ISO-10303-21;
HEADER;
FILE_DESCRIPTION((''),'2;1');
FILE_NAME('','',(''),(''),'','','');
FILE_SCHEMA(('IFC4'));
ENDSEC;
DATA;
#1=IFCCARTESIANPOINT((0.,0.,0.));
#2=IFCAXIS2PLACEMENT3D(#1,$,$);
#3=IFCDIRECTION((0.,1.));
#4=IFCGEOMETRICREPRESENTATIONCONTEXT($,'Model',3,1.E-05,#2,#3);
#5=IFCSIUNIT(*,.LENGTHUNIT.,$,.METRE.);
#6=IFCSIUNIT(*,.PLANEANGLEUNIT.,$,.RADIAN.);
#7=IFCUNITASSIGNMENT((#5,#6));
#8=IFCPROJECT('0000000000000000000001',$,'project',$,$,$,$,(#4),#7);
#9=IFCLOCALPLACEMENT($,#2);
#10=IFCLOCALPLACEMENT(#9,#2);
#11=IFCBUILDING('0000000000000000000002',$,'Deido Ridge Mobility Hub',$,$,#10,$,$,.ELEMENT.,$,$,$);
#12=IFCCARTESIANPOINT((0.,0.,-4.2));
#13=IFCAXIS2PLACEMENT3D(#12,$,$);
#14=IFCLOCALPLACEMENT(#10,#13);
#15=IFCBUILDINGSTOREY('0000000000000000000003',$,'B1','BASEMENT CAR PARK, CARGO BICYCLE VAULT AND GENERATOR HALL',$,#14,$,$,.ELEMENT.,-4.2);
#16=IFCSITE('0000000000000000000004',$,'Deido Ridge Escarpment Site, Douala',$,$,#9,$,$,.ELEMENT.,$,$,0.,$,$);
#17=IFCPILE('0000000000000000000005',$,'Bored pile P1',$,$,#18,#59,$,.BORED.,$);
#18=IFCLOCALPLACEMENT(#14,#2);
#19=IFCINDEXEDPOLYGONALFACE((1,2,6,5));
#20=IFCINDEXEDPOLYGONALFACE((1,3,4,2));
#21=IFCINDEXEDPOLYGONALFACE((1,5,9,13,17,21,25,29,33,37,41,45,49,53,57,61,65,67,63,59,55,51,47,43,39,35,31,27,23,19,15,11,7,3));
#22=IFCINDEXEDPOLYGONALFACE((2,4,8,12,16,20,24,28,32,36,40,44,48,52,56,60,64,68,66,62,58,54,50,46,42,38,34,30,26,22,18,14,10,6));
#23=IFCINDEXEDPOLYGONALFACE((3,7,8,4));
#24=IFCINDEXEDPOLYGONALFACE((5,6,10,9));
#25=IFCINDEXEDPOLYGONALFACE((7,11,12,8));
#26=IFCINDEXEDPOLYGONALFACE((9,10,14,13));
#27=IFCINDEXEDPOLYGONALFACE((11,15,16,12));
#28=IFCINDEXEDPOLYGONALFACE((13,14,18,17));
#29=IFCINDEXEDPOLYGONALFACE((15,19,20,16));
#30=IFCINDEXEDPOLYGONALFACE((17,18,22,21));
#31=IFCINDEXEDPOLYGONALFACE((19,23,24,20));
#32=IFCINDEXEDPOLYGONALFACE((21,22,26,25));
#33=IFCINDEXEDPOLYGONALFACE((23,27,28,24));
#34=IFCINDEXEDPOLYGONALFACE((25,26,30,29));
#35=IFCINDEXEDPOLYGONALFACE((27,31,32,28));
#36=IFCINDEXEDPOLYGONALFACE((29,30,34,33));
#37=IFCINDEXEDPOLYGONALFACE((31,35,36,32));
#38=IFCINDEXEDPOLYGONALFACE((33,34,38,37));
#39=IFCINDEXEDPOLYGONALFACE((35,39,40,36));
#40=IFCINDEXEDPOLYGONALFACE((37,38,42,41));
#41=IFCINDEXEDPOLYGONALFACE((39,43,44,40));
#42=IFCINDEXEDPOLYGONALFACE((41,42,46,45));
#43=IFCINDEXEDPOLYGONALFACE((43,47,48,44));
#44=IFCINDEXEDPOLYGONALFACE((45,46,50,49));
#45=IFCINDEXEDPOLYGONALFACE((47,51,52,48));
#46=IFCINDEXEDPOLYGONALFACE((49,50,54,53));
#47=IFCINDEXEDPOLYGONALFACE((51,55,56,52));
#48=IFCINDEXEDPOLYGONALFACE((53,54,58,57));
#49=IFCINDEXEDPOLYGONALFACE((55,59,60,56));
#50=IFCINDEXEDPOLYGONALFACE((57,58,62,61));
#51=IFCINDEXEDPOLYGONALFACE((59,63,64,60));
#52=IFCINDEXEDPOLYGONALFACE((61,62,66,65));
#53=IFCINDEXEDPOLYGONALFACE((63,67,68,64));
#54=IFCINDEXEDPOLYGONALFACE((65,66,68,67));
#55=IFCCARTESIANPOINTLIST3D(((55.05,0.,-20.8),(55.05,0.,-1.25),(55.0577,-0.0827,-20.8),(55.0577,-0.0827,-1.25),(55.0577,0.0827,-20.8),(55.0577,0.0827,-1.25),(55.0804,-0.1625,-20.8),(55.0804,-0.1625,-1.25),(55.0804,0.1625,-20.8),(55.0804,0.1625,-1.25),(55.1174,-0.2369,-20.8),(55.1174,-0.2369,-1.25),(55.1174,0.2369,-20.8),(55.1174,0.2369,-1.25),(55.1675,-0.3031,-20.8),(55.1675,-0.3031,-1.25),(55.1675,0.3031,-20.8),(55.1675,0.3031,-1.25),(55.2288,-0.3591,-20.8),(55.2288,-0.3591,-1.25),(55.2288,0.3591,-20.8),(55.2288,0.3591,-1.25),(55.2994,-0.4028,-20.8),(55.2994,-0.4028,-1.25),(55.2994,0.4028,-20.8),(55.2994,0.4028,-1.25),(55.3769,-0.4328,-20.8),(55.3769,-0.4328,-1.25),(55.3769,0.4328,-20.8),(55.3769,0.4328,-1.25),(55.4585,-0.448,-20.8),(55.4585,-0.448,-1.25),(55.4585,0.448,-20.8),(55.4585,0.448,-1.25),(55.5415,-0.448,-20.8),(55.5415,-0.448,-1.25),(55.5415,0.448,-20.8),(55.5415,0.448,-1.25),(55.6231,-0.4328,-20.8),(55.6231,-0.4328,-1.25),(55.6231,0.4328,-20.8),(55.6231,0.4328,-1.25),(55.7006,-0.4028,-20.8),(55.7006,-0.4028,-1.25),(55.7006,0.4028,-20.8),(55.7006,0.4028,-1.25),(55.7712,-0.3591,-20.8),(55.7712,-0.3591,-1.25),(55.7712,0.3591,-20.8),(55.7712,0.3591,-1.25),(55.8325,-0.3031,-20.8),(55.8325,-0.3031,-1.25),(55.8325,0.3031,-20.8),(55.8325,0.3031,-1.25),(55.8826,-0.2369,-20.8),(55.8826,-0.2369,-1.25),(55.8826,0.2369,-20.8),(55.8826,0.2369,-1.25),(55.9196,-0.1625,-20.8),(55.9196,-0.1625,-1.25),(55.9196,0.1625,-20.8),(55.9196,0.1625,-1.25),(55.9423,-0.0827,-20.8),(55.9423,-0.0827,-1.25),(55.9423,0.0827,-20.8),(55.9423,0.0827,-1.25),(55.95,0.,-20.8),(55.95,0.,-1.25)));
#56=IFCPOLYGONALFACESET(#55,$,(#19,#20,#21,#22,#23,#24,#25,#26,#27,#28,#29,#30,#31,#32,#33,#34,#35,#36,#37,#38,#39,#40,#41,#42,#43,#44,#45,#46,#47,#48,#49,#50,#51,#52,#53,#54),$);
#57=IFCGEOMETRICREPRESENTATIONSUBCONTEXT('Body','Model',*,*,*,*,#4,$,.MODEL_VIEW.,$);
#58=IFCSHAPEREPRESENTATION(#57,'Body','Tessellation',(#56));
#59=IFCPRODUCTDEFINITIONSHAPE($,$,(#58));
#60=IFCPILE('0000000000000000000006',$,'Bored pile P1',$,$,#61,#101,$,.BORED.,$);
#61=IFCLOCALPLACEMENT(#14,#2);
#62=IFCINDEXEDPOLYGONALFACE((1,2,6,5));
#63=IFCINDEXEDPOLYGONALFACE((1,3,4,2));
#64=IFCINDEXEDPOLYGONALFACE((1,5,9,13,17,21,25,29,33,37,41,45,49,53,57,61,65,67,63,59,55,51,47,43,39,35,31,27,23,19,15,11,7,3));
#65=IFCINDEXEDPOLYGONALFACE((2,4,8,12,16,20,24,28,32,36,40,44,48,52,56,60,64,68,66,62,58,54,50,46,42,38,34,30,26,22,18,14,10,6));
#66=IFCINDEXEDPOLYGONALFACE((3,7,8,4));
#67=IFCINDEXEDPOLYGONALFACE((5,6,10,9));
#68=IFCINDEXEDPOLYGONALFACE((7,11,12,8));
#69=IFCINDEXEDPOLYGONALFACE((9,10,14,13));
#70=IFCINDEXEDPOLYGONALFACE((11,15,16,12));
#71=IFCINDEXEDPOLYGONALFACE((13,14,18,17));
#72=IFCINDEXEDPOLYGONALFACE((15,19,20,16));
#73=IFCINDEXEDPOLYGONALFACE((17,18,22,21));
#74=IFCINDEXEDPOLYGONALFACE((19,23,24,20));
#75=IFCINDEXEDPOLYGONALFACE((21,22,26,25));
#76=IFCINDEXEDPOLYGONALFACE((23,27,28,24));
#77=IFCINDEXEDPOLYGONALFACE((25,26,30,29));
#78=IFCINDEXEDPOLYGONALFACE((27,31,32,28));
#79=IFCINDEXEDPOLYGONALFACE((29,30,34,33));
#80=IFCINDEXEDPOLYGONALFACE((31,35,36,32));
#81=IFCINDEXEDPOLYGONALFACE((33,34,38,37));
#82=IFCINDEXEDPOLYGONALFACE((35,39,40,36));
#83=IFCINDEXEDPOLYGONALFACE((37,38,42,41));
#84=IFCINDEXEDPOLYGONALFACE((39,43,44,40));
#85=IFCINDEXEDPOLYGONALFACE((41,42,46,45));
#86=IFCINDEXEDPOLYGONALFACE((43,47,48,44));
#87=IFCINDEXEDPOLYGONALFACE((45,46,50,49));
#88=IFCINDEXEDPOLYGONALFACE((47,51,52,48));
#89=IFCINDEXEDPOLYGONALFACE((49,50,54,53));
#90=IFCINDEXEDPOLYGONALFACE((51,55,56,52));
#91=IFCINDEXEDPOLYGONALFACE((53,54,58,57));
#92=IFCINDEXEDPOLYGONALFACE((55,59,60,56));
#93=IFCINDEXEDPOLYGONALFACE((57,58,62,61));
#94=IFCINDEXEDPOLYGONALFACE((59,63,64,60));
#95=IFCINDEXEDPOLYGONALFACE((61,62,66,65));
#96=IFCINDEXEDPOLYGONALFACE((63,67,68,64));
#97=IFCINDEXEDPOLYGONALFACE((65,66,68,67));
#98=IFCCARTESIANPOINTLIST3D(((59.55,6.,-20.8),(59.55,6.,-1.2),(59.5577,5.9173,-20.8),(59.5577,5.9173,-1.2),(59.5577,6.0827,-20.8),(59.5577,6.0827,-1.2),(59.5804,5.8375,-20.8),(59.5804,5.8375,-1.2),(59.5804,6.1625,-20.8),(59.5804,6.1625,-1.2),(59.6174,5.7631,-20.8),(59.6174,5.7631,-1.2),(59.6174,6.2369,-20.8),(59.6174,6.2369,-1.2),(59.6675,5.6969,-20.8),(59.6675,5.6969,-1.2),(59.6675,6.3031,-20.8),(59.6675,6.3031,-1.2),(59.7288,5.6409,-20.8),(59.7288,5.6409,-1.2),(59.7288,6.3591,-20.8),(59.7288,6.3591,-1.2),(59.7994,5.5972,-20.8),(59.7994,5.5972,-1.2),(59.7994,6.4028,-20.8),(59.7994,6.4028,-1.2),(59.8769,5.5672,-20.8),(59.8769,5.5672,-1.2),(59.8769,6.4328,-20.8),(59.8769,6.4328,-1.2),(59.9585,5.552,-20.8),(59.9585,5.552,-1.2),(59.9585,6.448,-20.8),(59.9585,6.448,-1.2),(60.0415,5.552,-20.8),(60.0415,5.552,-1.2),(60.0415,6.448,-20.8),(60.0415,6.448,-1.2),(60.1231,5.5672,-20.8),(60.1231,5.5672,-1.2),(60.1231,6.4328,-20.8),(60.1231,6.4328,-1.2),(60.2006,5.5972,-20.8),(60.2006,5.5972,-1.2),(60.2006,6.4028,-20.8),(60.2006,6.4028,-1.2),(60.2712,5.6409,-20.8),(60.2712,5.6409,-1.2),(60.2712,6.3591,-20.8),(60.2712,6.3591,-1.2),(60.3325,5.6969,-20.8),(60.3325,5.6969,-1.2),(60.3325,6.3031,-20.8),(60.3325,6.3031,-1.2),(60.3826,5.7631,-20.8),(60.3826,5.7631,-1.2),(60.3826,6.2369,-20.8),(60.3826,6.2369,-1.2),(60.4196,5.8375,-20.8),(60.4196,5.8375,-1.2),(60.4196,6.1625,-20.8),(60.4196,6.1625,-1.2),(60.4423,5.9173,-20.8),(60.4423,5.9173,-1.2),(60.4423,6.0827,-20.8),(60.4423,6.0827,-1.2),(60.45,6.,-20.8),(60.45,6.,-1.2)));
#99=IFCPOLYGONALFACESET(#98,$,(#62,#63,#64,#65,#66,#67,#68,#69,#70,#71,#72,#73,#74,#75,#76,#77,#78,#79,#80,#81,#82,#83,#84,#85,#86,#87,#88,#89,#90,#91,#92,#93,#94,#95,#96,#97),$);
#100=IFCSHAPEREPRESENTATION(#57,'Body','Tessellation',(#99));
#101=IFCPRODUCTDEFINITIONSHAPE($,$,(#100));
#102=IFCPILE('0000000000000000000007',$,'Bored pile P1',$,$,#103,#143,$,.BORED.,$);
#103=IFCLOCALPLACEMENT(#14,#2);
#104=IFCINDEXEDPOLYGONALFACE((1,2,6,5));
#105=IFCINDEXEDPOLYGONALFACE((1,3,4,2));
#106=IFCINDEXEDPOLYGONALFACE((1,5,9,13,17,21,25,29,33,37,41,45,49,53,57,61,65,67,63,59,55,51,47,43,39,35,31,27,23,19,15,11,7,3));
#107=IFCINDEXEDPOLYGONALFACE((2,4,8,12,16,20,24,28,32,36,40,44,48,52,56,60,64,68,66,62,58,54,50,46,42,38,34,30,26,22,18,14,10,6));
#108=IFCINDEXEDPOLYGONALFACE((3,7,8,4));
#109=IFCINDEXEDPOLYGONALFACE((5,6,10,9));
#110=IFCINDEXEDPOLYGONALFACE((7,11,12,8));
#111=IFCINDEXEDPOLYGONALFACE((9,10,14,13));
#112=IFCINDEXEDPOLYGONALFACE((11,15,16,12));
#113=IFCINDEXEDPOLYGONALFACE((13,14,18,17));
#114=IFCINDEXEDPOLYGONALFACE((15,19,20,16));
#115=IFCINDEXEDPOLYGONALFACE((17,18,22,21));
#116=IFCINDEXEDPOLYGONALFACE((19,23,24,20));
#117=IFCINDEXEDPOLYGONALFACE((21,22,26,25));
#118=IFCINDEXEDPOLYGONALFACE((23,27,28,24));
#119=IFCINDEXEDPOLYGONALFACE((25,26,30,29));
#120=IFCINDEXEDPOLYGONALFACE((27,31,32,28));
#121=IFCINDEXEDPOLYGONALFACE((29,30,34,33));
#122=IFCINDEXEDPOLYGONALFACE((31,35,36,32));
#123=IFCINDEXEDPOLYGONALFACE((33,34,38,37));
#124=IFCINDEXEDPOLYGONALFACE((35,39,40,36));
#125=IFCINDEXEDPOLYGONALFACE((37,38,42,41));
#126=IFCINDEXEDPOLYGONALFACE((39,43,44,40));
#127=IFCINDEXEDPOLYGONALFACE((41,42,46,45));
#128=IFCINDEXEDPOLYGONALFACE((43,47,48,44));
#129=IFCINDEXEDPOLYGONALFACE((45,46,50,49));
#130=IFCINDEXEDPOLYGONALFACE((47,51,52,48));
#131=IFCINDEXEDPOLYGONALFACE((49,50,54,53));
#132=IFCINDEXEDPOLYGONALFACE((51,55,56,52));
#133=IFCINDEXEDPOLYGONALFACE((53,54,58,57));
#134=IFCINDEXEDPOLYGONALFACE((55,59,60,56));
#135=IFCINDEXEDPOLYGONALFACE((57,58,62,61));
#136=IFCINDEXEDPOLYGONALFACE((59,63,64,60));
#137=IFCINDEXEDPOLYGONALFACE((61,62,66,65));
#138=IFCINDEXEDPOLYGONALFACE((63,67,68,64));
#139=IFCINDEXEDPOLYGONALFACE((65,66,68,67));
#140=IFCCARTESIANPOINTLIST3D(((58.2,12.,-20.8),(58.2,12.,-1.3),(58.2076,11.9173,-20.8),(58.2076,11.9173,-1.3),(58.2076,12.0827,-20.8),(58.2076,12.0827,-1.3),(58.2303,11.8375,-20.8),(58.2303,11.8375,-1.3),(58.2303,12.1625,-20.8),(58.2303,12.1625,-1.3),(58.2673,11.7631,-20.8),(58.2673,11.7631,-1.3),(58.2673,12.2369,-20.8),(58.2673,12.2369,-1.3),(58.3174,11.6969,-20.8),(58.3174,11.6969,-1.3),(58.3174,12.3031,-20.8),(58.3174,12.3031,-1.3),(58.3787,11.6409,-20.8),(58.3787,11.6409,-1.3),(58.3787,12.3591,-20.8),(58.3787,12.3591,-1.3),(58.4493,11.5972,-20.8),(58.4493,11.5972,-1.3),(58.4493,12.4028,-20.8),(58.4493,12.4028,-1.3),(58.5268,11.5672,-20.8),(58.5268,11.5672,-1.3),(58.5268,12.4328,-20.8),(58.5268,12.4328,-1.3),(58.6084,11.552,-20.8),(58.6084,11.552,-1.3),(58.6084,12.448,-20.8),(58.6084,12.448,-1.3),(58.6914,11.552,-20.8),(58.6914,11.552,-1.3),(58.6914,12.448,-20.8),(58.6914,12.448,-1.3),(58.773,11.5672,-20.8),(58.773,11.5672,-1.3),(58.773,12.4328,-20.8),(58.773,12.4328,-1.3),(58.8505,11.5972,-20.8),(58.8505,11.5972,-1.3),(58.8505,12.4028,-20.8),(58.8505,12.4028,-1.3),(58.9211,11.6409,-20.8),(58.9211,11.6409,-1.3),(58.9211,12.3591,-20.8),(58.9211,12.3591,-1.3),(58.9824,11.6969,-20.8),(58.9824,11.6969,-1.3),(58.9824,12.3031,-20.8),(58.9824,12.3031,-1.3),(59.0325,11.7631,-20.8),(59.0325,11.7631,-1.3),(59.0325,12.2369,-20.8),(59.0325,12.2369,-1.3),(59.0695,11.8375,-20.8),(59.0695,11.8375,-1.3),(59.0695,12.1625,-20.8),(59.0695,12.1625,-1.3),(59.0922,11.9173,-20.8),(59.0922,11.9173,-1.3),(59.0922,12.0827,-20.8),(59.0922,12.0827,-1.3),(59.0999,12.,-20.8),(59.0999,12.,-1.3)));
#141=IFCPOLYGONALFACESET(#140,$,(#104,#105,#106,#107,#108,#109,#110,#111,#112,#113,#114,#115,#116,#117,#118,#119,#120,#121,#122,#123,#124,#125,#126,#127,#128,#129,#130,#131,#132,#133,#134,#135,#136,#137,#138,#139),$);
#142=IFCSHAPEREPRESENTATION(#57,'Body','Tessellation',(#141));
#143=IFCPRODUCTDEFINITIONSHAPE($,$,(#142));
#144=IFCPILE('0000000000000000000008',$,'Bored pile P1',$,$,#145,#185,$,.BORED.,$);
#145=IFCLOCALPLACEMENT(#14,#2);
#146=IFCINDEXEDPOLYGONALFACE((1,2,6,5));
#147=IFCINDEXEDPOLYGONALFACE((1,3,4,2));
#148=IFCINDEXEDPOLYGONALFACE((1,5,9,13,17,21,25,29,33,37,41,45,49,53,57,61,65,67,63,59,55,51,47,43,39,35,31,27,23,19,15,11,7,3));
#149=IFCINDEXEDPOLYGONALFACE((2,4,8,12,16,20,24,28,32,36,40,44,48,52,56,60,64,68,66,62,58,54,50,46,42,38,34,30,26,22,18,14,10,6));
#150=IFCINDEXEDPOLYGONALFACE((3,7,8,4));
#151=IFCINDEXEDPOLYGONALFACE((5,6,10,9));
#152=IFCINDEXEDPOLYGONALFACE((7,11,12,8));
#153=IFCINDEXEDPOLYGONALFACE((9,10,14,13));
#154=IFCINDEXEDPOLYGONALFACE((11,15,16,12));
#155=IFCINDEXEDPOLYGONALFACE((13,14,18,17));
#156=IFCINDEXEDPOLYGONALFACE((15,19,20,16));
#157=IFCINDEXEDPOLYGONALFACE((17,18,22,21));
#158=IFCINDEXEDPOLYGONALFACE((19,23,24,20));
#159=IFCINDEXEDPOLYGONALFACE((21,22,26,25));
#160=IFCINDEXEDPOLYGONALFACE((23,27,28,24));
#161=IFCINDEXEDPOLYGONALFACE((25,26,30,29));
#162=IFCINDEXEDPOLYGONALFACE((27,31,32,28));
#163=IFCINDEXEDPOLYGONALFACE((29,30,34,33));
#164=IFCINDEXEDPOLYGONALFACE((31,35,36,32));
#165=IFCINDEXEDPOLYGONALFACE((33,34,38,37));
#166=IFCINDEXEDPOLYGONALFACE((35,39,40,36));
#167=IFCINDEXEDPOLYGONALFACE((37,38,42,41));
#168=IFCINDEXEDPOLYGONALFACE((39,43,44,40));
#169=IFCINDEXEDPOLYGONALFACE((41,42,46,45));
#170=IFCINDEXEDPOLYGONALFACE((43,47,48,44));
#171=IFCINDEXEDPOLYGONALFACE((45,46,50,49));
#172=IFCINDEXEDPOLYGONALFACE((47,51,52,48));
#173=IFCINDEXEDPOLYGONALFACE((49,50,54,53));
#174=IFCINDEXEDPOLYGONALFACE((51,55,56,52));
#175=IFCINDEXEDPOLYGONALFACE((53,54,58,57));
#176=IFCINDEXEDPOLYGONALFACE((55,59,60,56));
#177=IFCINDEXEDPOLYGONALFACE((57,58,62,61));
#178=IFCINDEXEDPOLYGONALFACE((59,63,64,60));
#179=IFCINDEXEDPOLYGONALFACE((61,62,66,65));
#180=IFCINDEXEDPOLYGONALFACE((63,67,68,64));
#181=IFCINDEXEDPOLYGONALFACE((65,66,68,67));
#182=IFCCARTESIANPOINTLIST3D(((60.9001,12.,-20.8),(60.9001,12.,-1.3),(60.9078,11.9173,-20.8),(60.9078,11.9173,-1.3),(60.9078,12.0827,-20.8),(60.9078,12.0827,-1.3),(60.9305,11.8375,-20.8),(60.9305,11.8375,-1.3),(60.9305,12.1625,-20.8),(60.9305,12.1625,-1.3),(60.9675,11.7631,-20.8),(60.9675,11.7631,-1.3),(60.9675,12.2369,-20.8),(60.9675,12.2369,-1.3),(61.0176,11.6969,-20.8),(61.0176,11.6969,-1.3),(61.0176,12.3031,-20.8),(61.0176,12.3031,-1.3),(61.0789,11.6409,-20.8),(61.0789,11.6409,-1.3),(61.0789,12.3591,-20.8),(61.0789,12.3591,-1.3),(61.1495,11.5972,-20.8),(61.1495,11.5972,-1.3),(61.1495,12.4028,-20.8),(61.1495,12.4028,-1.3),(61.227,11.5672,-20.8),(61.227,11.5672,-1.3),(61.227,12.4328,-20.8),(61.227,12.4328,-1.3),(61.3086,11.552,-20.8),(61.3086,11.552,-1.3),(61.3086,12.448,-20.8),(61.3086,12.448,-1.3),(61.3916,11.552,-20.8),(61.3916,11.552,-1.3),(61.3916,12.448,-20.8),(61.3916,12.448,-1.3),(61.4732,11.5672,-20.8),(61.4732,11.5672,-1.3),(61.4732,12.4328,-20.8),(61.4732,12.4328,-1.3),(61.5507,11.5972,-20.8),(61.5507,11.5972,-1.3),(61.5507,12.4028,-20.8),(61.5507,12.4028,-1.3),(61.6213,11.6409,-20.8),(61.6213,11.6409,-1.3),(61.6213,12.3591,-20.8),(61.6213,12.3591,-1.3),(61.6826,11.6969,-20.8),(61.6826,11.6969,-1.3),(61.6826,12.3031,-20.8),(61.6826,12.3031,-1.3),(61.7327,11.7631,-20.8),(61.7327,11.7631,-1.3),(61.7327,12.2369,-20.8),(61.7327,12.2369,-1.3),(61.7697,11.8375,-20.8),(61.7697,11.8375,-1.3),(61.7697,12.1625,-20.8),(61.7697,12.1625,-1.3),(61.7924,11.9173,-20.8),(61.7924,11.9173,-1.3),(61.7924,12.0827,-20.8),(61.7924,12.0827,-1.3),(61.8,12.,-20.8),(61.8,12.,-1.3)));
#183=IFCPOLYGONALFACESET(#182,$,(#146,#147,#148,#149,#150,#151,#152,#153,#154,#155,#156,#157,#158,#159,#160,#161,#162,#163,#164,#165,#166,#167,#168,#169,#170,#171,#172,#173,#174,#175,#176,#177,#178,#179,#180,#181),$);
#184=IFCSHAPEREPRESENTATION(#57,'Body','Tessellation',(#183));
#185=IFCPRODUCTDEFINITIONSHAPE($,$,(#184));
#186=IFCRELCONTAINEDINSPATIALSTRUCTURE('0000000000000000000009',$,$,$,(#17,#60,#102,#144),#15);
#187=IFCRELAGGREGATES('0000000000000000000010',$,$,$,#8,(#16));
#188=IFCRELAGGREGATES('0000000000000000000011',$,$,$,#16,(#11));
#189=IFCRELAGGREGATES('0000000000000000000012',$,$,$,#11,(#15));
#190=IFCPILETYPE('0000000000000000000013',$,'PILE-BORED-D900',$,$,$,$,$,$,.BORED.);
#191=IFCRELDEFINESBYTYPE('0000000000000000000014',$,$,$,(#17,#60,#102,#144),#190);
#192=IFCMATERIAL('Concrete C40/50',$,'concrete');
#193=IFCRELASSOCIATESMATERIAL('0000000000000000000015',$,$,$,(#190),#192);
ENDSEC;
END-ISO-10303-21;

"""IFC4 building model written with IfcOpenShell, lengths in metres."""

from ifc_helpers import new_model, si_unit, direction, frame, origin, origin_2d, place, context, subcontext, project, spatial, circle, extrude, material, material_profile, profile_set, type_object, element, save


model = new_model("IFC4")

# Units and contexts
model_context = context("Model", 3, precision=1e-05, world=origin(), true_north=direction((0.0, 1.0)))
body_context = subcontext(model_context, "Body", "Model", "MODEL_VIEW")
ifc_project = project(units=[si_unit("LENGTHUNIT", "METRE"), si_unit("PLANEANGLEUNIT", "RADIAN")], contexts=[model_context])

# Site, building, storey
site_placement = place(None, origin())
site = spatial("IfcSite", under=ifc_project, at=site_placement, Name="Deido Ridge Escarpment Site, Douala", CompositionType="ELEMENT", RefElevation=0.0)
building_placement = place(site_placement, origin())
building = spatial("IfcBuilding", under=site, at=building_placement, Name="Deido Ridge Mobility Hub", CompositionType="ELEMENT")
storey_placement = place(building_placement, frame((0.0, 0.0, -4.2)))
storey = spatial("IfcBuildingStorey", under=building, at=storey_placement, Name="B1", Description="BASEMENT CAR PARK, CARGO BICYCLE VAULT AND GENERATOR HALL", CompositionType="ELEMENT", Elevation=-4.2)

# Shared definitions
ifc_material_1 = material(Name="Concrete C40/50", Category="concrete")

# Piles
ifc_material_profile_1 = material_profile(ifc_material_1, circle(Radius=0.45, at=origin_2d()), Name="BORED PILE D900")
ifc_profile_set_1 = profile_set([ifc_material_profile_1], Name="Concrete C40/50")
pile_type_1 = type_object("IfcPileType", Name="PILE-BORED-D900", PredefinedType="BORED", material=ifc_profile_set_1)
pile_1_placement = place(storey_placement, frame((55.5, 0.0, -1.25), z_axis=(0.0, 0.0, -1.0), x_axis=(1.0, 0.0, 0.0)))
element("IfcPile", 1, at=pile_1_placement, inside=storey, type_object=pile_type_1, Name="Bored pile P1", PredefinedType="BORED", context=body_context, shape_type="SweptSolid", body=[
    extrude(circle(Radius=0.45, at=origin_2d()), origin(), (0.0, 0.0, 1.0), 19.55),
])
pile_2_placement = place(storey_placement, frame((60.0, 6.0, -1.2), z_axis=(0.0, 0.0, -1.0), x_axis=(1.0, 0.0, 0.0)))
element("IfcPile", 2, at=pile_2_placement, inside=storey, type_object=pile_type_1, Name="Bored pile P1", PredefinedType="BORED", context=body_context, shape_type="SweptSolid", body=[
    extrude(circle(Radius=0.45, at=origin_2d()), origin(), (0.0, 0.0, 1.0), 19.6001),
])
for number, where, z_axis, x_axis, name in (
    (3, (58.6499, 12.0, -1.3), (0.0, 0.0, -1.0), (1.0, 0.0, 0.0), "Bored pile P1"),
    (4, (61.3501, 12.0, -1.3), (0.0, 0.0, -1.0), (1.0, 0.0, 0.0), "Bored pile P1"),
):
    element("IfcPile", number, at=place(storey_placement, frame(where, z_axis=z_axis, x_axis=x_axis)), inside=storey, type_object=pile_type_1, Name=name, PredefinedType="BORED", context=body_context, shape_type="SweptSolid", body=[
        extrude(circle(Radius=0.45, at=origin_2d()), origin(), (0.0, 0.0, 1.0), 19.5),
    ])

save(model, "model.ifc")
